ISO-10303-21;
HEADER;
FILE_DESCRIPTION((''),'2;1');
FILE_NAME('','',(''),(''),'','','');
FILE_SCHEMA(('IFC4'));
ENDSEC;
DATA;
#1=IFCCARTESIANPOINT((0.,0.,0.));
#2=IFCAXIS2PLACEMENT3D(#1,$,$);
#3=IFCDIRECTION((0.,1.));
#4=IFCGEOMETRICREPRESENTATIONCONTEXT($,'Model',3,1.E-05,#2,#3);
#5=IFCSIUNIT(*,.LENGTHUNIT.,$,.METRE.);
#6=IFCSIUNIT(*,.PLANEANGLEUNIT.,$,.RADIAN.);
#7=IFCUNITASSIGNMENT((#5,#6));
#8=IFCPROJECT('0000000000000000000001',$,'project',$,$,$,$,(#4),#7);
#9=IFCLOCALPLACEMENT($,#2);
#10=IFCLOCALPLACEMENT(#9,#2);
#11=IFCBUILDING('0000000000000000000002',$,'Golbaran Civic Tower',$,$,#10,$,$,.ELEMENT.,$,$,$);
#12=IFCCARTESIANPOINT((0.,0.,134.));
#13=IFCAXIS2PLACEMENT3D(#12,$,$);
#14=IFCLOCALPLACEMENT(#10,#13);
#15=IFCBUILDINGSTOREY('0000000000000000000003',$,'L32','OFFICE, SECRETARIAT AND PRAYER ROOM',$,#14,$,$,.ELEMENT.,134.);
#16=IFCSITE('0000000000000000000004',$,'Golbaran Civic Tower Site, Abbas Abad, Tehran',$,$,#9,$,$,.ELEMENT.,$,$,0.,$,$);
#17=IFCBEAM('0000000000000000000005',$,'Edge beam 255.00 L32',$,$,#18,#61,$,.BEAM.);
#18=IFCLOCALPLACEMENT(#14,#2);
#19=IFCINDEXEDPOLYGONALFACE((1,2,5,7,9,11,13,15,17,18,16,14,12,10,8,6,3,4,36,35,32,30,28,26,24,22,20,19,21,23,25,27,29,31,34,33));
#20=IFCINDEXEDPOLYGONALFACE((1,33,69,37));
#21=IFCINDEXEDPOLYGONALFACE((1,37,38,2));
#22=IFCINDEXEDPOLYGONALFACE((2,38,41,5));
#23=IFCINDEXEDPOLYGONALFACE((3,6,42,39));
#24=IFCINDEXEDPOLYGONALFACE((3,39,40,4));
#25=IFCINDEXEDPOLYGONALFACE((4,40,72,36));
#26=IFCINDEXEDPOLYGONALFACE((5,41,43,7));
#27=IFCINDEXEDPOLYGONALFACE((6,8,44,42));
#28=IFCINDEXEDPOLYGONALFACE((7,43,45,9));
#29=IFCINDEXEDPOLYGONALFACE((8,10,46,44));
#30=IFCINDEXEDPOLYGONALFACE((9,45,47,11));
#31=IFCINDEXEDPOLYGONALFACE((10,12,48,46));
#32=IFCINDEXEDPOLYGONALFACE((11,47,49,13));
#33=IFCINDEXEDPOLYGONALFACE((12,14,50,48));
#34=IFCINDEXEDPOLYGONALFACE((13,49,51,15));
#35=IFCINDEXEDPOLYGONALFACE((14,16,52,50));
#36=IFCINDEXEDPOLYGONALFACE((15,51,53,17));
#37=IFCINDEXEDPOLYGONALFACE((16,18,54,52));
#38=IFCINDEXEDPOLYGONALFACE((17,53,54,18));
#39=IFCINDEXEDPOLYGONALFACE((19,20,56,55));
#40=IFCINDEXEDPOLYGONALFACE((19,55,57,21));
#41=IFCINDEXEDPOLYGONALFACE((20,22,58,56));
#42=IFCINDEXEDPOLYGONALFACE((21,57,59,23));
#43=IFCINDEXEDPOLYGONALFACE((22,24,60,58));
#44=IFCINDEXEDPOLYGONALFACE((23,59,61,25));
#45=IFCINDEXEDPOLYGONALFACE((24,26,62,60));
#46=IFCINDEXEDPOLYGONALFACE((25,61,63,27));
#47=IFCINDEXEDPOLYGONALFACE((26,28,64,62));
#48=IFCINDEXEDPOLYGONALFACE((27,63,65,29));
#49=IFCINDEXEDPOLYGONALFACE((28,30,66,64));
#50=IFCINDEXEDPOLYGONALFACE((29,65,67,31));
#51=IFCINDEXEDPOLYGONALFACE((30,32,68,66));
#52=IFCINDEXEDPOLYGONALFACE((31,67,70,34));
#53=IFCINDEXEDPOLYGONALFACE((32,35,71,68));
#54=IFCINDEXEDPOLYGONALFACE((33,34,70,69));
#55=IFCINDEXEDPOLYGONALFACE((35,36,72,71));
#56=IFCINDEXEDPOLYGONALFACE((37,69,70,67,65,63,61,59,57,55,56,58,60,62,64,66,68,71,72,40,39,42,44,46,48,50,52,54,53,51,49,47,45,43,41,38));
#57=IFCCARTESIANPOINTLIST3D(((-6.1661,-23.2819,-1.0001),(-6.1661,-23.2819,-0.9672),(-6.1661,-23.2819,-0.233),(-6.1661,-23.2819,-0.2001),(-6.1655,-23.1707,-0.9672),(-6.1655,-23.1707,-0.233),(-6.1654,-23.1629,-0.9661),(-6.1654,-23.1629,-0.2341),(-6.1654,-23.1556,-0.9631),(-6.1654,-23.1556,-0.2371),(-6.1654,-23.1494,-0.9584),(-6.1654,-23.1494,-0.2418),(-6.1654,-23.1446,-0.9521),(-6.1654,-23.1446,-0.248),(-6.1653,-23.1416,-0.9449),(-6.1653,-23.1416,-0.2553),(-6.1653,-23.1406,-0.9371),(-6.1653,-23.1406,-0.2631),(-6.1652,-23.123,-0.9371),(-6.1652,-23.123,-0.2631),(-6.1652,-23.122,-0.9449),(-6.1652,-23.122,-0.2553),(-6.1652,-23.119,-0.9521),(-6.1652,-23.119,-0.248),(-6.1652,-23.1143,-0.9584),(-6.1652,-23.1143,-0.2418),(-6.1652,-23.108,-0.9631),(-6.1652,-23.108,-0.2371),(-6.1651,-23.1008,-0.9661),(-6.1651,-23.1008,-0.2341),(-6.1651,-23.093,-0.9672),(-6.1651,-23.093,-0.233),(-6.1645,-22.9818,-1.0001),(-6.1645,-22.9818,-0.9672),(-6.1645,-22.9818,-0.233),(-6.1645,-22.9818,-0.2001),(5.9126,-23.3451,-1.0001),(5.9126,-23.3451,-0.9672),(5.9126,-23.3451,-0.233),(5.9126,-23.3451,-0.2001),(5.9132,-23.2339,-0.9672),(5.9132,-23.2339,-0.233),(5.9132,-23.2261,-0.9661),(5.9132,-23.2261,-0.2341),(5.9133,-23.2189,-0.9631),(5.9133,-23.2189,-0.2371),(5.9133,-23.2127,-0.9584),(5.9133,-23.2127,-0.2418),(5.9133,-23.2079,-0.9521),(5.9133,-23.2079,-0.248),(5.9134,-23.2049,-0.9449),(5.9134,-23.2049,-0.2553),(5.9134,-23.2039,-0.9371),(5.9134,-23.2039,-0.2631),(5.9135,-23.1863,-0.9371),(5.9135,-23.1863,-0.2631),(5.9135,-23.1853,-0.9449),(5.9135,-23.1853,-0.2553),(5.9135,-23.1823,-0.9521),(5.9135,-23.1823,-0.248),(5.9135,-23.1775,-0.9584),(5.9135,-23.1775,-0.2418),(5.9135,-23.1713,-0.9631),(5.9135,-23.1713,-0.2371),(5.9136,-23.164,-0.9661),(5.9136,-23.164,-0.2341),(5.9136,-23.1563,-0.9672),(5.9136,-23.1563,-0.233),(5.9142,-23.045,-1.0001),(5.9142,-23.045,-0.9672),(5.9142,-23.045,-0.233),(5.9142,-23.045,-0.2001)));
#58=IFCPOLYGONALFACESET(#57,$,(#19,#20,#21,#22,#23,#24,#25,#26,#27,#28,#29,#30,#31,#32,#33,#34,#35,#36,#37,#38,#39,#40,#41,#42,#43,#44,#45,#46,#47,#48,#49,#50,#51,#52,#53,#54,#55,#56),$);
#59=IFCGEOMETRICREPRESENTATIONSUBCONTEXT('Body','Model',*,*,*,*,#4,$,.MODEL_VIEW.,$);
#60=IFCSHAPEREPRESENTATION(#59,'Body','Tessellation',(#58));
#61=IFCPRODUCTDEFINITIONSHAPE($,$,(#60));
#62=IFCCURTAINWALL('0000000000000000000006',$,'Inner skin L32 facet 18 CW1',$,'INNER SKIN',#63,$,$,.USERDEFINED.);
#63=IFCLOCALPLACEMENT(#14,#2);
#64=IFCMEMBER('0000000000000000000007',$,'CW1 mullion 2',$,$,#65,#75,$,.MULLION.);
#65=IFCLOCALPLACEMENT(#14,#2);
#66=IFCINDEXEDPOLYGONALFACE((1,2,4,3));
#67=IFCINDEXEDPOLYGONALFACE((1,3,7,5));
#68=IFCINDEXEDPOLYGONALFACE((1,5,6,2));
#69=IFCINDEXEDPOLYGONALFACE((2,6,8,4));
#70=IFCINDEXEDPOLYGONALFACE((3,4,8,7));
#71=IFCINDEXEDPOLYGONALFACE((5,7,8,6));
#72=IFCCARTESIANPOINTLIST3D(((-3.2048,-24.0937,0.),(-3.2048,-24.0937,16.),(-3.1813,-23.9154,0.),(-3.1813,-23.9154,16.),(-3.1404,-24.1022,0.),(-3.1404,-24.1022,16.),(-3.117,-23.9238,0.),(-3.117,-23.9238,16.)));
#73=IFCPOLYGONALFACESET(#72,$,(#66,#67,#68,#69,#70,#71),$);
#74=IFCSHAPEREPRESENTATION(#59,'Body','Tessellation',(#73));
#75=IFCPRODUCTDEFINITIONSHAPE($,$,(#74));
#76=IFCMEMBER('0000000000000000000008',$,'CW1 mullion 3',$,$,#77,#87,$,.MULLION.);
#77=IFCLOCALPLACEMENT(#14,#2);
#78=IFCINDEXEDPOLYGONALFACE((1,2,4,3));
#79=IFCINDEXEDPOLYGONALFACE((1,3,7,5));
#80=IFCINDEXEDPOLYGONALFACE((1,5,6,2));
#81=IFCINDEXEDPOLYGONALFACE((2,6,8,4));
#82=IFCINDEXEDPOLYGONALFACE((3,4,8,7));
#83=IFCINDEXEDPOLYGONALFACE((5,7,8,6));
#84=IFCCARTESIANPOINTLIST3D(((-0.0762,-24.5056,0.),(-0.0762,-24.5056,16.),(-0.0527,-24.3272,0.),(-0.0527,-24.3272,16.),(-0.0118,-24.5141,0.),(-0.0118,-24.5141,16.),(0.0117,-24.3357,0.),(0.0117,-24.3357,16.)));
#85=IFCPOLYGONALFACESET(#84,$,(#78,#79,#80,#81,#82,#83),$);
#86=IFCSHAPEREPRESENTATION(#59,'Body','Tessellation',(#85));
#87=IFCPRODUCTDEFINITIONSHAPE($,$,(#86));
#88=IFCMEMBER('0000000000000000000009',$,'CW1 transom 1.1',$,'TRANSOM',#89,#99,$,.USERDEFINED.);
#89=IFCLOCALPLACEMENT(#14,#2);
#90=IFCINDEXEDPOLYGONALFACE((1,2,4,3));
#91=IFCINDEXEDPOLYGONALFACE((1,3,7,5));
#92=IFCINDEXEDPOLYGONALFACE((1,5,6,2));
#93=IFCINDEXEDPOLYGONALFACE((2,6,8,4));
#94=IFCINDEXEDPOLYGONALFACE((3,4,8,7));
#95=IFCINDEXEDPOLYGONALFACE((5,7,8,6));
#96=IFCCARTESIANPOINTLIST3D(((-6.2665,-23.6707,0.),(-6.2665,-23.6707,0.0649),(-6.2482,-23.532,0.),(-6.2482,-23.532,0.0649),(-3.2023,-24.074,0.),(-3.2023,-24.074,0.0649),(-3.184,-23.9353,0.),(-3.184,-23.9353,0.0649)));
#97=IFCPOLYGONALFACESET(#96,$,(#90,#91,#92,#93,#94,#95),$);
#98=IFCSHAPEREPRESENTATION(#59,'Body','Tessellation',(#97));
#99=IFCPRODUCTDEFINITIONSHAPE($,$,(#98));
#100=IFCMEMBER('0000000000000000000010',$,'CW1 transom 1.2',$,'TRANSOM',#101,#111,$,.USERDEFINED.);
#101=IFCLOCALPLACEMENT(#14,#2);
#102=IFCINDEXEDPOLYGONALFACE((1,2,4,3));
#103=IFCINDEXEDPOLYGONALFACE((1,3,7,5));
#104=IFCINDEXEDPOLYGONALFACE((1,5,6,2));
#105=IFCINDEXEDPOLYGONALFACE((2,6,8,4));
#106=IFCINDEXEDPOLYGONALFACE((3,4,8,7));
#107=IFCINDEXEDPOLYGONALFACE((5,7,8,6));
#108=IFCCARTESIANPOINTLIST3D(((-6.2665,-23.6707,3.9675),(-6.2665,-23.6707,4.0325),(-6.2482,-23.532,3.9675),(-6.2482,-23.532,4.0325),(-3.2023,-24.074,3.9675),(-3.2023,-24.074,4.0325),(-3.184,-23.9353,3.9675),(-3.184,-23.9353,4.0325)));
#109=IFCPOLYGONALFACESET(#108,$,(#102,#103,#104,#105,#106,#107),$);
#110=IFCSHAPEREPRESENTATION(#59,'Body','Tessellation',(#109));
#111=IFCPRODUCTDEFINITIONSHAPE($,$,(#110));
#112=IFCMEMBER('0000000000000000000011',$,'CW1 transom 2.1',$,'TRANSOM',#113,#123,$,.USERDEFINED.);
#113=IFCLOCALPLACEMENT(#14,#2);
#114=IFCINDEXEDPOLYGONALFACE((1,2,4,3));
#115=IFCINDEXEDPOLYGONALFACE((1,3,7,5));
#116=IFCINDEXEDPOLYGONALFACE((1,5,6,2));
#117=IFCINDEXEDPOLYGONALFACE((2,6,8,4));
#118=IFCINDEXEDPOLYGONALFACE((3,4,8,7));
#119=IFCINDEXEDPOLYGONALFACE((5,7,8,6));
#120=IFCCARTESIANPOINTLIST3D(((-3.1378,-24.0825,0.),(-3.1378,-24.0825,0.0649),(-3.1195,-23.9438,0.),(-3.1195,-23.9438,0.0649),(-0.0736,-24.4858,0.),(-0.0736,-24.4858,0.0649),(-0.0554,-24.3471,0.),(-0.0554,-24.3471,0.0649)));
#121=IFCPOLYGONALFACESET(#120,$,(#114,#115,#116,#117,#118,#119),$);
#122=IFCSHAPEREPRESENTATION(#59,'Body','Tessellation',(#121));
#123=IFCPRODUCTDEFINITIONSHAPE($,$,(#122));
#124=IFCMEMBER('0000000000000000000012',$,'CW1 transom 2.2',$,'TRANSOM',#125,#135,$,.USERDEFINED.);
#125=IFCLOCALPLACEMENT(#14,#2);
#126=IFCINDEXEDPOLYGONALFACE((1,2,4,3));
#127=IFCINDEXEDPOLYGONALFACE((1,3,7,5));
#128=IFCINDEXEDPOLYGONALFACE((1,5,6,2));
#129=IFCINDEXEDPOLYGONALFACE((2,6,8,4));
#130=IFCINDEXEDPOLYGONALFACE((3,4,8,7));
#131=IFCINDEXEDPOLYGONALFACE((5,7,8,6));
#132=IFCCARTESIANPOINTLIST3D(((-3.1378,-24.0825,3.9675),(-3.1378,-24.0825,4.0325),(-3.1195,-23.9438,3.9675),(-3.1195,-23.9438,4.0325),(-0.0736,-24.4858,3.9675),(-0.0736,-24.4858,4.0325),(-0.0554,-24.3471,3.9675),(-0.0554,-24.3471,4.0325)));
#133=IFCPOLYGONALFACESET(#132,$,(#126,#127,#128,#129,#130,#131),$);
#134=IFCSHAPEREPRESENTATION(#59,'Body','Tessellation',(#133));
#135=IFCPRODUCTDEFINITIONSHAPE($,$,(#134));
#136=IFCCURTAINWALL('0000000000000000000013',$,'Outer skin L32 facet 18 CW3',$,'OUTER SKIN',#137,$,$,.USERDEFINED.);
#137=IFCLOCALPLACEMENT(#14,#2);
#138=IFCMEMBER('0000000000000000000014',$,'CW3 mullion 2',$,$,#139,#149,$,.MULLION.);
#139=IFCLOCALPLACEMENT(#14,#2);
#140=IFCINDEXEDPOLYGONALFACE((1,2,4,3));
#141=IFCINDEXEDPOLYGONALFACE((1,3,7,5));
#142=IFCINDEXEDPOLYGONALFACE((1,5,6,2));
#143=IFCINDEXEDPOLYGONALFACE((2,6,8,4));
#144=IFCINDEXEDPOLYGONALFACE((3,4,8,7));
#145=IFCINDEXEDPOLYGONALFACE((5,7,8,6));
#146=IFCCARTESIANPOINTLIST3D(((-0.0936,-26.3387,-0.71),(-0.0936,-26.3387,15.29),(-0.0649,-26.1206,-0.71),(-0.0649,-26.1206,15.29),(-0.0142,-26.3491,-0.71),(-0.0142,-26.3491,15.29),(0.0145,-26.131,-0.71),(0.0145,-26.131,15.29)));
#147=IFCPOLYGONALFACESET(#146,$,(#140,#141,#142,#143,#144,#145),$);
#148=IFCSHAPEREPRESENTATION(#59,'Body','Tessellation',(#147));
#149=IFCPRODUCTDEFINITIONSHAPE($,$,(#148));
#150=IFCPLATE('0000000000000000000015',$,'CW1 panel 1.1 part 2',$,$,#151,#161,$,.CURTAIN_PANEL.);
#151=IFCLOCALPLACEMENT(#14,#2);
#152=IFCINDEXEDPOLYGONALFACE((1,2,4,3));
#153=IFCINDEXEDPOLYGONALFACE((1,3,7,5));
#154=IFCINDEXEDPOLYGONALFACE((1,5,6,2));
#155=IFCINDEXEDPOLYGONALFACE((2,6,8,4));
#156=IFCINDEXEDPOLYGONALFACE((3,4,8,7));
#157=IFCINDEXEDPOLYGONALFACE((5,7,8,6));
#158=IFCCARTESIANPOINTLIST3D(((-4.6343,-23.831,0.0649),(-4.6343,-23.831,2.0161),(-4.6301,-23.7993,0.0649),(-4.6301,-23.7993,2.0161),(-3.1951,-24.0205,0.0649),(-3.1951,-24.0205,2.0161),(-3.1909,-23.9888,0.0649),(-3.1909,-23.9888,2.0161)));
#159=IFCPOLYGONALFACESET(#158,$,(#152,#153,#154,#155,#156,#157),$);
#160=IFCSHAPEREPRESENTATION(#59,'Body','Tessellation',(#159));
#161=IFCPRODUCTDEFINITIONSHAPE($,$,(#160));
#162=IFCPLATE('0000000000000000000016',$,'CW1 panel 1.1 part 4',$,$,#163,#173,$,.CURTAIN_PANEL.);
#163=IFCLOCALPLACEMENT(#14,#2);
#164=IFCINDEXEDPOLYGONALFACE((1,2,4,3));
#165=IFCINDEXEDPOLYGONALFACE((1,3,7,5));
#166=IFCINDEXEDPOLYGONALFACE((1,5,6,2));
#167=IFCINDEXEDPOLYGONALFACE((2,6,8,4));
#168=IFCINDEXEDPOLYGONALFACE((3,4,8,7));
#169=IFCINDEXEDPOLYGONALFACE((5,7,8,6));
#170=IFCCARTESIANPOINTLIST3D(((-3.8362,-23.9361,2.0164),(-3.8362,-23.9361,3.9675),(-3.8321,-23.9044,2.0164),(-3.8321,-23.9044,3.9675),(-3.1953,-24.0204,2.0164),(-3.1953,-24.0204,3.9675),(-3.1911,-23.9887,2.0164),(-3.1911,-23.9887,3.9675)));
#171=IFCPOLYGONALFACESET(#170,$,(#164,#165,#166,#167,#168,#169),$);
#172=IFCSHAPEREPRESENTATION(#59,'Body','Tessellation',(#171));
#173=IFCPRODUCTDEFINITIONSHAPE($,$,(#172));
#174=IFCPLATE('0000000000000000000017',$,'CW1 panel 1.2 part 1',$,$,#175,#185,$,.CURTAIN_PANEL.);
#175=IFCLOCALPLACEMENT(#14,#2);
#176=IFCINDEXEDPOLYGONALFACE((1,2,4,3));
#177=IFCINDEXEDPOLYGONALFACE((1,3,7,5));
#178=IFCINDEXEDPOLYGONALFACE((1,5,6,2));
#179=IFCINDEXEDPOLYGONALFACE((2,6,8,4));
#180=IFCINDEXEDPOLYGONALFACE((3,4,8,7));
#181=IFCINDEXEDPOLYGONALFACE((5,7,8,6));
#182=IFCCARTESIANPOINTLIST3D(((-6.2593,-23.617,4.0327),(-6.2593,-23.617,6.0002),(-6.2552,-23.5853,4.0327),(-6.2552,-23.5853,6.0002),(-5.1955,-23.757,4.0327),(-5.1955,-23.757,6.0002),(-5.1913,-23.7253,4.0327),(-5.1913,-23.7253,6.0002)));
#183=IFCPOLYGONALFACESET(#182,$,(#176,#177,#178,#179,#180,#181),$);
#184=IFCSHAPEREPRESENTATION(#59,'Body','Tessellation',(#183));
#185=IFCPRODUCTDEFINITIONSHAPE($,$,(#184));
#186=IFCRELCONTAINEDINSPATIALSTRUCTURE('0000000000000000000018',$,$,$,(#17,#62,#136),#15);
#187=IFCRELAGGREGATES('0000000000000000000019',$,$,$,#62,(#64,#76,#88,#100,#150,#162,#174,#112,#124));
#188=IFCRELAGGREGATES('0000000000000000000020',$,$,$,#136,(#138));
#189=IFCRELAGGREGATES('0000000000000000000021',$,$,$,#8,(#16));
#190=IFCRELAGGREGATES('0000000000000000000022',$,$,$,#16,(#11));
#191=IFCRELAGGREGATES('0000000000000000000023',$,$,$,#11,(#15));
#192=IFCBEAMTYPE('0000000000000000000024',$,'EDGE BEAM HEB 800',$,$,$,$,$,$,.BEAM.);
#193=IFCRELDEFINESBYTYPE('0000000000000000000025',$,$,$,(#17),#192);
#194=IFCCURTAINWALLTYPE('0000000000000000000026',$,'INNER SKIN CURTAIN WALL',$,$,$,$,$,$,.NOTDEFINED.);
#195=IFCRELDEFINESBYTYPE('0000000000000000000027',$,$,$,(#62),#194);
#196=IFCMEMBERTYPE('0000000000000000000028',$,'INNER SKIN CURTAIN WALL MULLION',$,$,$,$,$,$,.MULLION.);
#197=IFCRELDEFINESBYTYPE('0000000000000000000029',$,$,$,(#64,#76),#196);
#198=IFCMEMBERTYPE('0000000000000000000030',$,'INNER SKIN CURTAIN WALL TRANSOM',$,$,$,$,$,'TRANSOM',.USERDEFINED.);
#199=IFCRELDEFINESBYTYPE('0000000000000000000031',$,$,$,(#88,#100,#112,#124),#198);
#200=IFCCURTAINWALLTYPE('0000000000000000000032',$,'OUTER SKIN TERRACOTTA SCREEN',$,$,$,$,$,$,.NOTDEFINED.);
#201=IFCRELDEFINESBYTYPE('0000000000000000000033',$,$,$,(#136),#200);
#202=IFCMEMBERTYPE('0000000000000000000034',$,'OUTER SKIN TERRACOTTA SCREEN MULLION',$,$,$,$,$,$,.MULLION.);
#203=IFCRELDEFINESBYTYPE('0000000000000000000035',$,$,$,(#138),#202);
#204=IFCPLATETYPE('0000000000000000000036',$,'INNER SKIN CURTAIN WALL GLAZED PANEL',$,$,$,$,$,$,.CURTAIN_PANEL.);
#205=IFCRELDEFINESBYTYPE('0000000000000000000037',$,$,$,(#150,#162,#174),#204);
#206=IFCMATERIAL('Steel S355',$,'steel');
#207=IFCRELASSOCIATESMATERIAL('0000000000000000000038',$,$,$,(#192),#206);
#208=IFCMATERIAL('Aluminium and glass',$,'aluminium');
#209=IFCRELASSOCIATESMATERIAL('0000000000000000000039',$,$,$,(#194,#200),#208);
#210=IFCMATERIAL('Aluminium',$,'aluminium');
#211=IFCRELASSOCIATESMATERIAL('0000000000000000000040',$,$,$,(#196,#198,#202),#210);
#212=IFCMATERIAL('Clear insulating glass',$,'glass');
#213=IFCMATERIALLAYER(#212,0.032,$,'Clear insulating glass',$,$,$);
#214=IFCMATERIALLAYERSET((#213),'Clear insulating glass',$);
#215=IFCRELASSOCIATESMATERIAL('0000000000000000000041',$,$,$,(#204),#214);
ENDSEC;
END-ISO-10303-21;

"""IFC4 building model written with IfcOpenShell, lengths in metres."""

from ifc_helpers import new_model, si_unit, direction, frame, origin, origin_2d, place, context, subcontext, project, spatial, rectangle, i_section, extrude, material, layer, layer_set, material_profile, profile_set, type_object, element, aggregate, save


model = new_model("IFC4")

# Units and contexts
model_context = context("Model", 3, precision=1e-05, world=origin(), true_north=direction((0.0, 1.0)))
body_context = subcontext(model_context, "Body", "Model", "MODEL_VIEW")
ifc_project = project(units=[si_unit("LENGTHUNIT", "METRE"), si_unit("PLANEANGLEUNIT", "RADIAN")], contexts=[model_context])

# Site, building, storey
site_placement = place(None, origin())
site = spatial("IfcSite", under=ifc_project, at=site_placement, Name="Golbaran Civic Tower Site, Abbas Abad, Tehran", CompositionType="ELEMENT", RefElevation=0.0)
building_placement = place(site_placement, origin())
building = spatial("IfcBuilding", under=site, at=building_placement, Name="Golbaran Civic Tower", CompositionType="ELEMENT")
storey_placement = place(building_placement, frame((0.0, 0.0, 134.0)))
storey = spatial("IfcBuildingStorey", under=building, at=storey_placement, Name="L32", Description="OFFICE, SECRETARIAT AND PRAYER ROOM", CompositionType="ELEMENT", Elevation=134.0)

# Beam
ifc_material_1 = material(Name="Steel S355", Category="steel")
ifc_material_profile_1 = material_profile(ifc_material_1, i_section(OverallWidth=0.3, OverallDepth=0.8, WebThickness=0.0176, FlangeThickness=0.033, FilletRadius=0.03, at=origin_2d()), Name="HEB 800")
ifc_profile_set_1 = profile_set([ifc_material_profile_1], Name="Steel S355")
beam_type = type_object("IfcBeamType", Name="EDGE BEAM HEB 800", PredefinedType="BEAM", material=ifc_profile_set_1)
beam_placement = place(storey_placement, frame((-6.1653, -23.1318, -0.6001), z_axis=(0.999986, -0.005235, 0.0), x_axis=(0.005235, 0.999986, 0.0)))
element("IfcBeam", 1, at=beam_placement, inside=storey, type_object=beam_type, Name="Edge beam 255.00 L32", PredefinedType="BEAM", context=body_context, shape_type="SweptSolid", body=[
    extrude(i_section(OverallWidth=0.3, OverallDepth=0.8, WebThickness=0.0176, FlangeThickness=0.033, FilletRadius=0.03, at=origin_2d()), origin(), (0.0, 0.0, 1.0), 12.0789),
])

# Curtain wall, members
ifc_material_2 = material(Name="Aluminium and glass", Category="aluminium")
curtain_wall_type_1 = type_object("IfcCurtainWallType", Name="INNER SKIN CURTAIN WALL", PredefinedType="NOTDEFINED", material=ifc_material_2)
curtain_wall_1_placement = place(storey_placement, origin())
curtain_wall_1 = element("IfcCurtainWall", 2, at=curtain_wall_1_placement, inside=storey, type_object=curtain_wall_type_1, Name="Inner skin L32 facet 18 CW1", ObjectType="INNER SKIN", PredefinedType="USERDEFINED")
ifc_material_3 = material(Name="Aluminium", Category="aluminium")
ifc_material_profile_2 = material_profile(ifc_material_3, rectangle(XDim=0.1799, YDim=0.0649, at=origin_2d()), Name="INNER SKIN CURTAIN WALL MULLION")
ifc_profile_set_2 = profile_set([ifc_material_profile_2], Name="Aluminium")
member_type_1 = type_object("IfcMemberType", Name="INNER SKIN CURTAIN WALL MULLION", PredefinedType="MULLION", material=ifc_profile_set_2)
member_1_placement = place(storey_placement, frame((-3.1609, -24.0088, 0.0), z_axis=(0.0, 0.0, 1.0), x_axis=(0.130526, 0.991445, 0.0)))
member_1 = element("IfcMember", 3, at=member_1_placement, type_object=member_type_1, Name="CW1 mullion 2", PredefinedType="MULLION", context=body_context, shape_type="SweptSolid", body=[
    extrude(rectangle(XDim=0.1799, YDim=0.0649, at=origin_2d()), origin(), (0.0, 0.0, 1.0), 16.0),
])
member_2_placement = place(storey_placement, frame((-0.0322, -24.4207, 0.0), z_axis=(0.0, 0.0, 1.0), x_axis=(0.130526, 0.991445, 0.0)))
member_2 = element("IfcMember", 4, at=member_2_placement, type_object=member_type_1, Name="CW1 mullion 3", PredefinedType="MULLION", context=body_context, shape_type="SweptSolid", body=[
    extrude(rectangle(XDim=0.1799, YDim=0.0649, at=origin_2d()), origin(), (0.0, 0.0, 1.0), 16.0),
])
ifc_material_profile_3 = material_profile(ifc_material_3, rectangle(XDim=0.1399, YDim=0.0649, at=origin_2d()), Name="INNER SKIN CURTAIN WALL TRANSOM")
ifc_profile_set_3 = profile_set([ifc_material_profile_3], Name="Aluminium")
member_type_2 = type_object("IfcMemberType", Name="INNER SKIN CURTAIN WALL TRANSOM", ElementType="TRANSOM", PredefinedType="USERDEFINED", material=ifc_profile_set_3)
member_3_placement = place(storey_placement, frame((-6.2573, -23.6013, 0.0325), z_axis=(0.991449, -0.130497, 0.0), x_axis=(0.130497, 0.991449, 0.0)))
member_3 = element("IfcMember", 5, at=member_3_placement, type_object=member_type_2, Name="CW1 transom 1.1", ObjectType="TRANSOM", PredefinedType="USERDEFINED", context=body_context, shape_type="SweptSolid", body=[
    extrude(rectangle(XDim=0.1399, YDim=0.0649, at=origin_2d()), origin(), (0.0, 0.0, 1.0), 3.0906),
])
member_4_placement = place(storey_placement, frame((-6.2573, -23.6013, 4.0), z_axis=(0.991449, -0.130497, 0.0), x_axis=(0.130497, 0.991449, 0.0)))
member_4 = element("IfcMember", 6, at=member_4_placement, type_object=member_type_2, Name="CW1 transom 1.2", ObjectType="TRANSOM", PredefinedType="USERDEFINED", context=body_context, shape_type="SweptSolid", body=[
    extrude(rectangle(XDim=0.1399, YDim=0.0649, at=origin_2d()), origin(), (0.0, 0.0, 1.0), 3.0906),
])
member_5_placement = place(storey_placement, frame((-3.1287, -24.0132, 0.0325), z_axis=(0.991449, -0.130497, 0.0), x_axis=(0.130497, 0.991449, 0.0)))
member_5 = element("IfcMember", 7, at=member_5_placement, type_object=member_type_2, Name="CW1 transom 2.1", ObjectType="TRANSOM", PredefinedType="USERDEFINED", context=body_context, shape_type="SweptSolid", body=[
    extrude(rectangle(XDim=0.1399, YDim=0.0649, at=origin_2d()), origin(), (0.0, 0.0, 1.0), 3.0906),
])
member_6_placement = place(storey_placement, frame((-3.1287, -24.0132, 4.0), z_axis=(0.991449, -0.130497, 0.0), x_axis=(0.130497, 0.991449, 0.0)))
member_6 = element("IfcMember", 8, at=member_6_placement, type_object=member_type_2, Name="CW1 transom 2.2", ObjectType="TRANSOM", PredefinedType="USERDEFINED", context=body_context, shape_type="SweptSolid", body=[
    extrude(rectangle(XDim=0.1399, YDim=0.0649, at=origin_2d()), origin(), (0.0, 0.0, 1.0), 3.0906),
])

# Curtain wall, member
curtain_wall_type_2 = type_object("IfcCurtainWallType", Name="OUTER SKIN TERRACOTTA SCREEN", PredefinedType="NOTDEFINED", material=ifc_material_2)
curtain_wall_2_placement = place(storey_placement, origin())
curtain_wall_2 = element("IfcCurtainWall", 9, at=curtain_wall_2_placement, inside=storey, type_object=curtain_wall_type_2, Name="Outer skin L32 facet 18 CW3", ObjectType="OUTER SKIN", PredefinedType="USERDEFINED")
ifc_material_profile_4 = material_profile(ifc_material_3, rectangle(XDim=0.22, YDim=0.0801, at=origin_2d()), Name="OUTER SKIN TERRACOTTA SCREEN MULLION")
ifc_profile_set_4 = profile_set([ifc_material_profile_4], Name="Aluminium")
member_type_3 = type_object("IfcMemberType", Name="OUTER SKIN TERRACOTTA SCREEN MULLION", PredefinedType="MULLION", material=ifc_profile_set_4)
member_7_placement = place(storey_placement, frame((-0.0396, -26.2349, -0.71), z_axis=(0.0, 0.0, 1.0), x_axis=(0.130526, 0.991445, 0.0)))
member_7 = element("IfcMember", 10, at=member_7_placement, type_object=member_type_3, Name="CW3 mullion 2", PredefinedType="MULLION", context=body_context, shape_type="SweptSolid", body=[
    extrude(rectangle(XDim=0.22, YDim=0.0801, at=origin_2d()), origin(), (0.0, 0.0, 1.0), 16.0),
])

# Plates
ifc_material_4 = material(Name="Clear insulating glass", Category="glass")
ifc_layer_1 = layer(ifc_material_4, 0.032, Name="Clear insulating glass")
ifc_layer_set_1 = layer_set([ifc_layer_1], Name="Clear insulating glass")
plate_type_1 = type_object("IfcPlateType", Name="INNER SKIN CURTAIN WALL GLAZED PANEL", PredefinedType="CURTAIN_PANEL", material=ifc_layer_set_1)
plate_1_placement = place(storey_placement, frame((-3.9126, -23.9099, 0.0649), z_axis=(0.0, 0.0, 1.0), x_axis=(0.991445, -0.130526, 0.0)))
plate_1 = element("IfcPlate", 11, at=plate_1_placement, type_object=plate_type_1, Name="CW1 panel 1.1 part 2", PredefinedType="CURTAIN_PANEL", context=body_context, shape_type="SweptSolid", body=[
    extrude(rectangle(XDim=1.4517, YDim=0.032, at=origin_2d()), origin(), (0.0, 0.0, 1.0), 1.9512),
])
plate_2_placement = place(storey_placement, frame((-3.5137, -23.9624, 2.0164), z_axis=(0.0, 0.0, 1.0), x_axis=(0.991445, -0.130526, 0.0)))
plate_2 = element("IfcPlate", 12, at=plate_2_placement, type_object=plate_type_1, Name="CW1 panel 1.1 part 4", PredefinedType="CURTAIN_PANEL", context=body_context, shape_type="SweptSolid", body=[
    extrude(rectangle(XDim=0.6465, YDim=0.032, at=origin_2d()), origin(), (0.0, 0.0, 1.0), 1.9512),
])
plate_3_placement = place(storey_placement, frame((-5.7253, -23.6711, 4.0327), z_axis=(0.0, 0.0, 1.0), x_axis=(0.991445, -0.130526, 0.0)))
plate_3 = element("IfcPlate", 13, at=plate_3_placement, type_object=plate_type_1, Name="CW1 panel 1.2 part 1", PredefinedType="CURTAIN_PANEL", context=body_context, shape_type="SweptSolid", body=[
    extrude(rectangle(XDim=1.073, YDim=0.032, at=origin_2d()), origin(), (0.0, 0.0, 1.0), 1.9675),
])
aggregate(curtain_wall_1, [member_1, member_2, member_3, member_4, plate_1, plate_2, plate_3, member_5, member_6])
aggregate(curtain_wall_2, [member_7])

save(model, "model.ifc")
